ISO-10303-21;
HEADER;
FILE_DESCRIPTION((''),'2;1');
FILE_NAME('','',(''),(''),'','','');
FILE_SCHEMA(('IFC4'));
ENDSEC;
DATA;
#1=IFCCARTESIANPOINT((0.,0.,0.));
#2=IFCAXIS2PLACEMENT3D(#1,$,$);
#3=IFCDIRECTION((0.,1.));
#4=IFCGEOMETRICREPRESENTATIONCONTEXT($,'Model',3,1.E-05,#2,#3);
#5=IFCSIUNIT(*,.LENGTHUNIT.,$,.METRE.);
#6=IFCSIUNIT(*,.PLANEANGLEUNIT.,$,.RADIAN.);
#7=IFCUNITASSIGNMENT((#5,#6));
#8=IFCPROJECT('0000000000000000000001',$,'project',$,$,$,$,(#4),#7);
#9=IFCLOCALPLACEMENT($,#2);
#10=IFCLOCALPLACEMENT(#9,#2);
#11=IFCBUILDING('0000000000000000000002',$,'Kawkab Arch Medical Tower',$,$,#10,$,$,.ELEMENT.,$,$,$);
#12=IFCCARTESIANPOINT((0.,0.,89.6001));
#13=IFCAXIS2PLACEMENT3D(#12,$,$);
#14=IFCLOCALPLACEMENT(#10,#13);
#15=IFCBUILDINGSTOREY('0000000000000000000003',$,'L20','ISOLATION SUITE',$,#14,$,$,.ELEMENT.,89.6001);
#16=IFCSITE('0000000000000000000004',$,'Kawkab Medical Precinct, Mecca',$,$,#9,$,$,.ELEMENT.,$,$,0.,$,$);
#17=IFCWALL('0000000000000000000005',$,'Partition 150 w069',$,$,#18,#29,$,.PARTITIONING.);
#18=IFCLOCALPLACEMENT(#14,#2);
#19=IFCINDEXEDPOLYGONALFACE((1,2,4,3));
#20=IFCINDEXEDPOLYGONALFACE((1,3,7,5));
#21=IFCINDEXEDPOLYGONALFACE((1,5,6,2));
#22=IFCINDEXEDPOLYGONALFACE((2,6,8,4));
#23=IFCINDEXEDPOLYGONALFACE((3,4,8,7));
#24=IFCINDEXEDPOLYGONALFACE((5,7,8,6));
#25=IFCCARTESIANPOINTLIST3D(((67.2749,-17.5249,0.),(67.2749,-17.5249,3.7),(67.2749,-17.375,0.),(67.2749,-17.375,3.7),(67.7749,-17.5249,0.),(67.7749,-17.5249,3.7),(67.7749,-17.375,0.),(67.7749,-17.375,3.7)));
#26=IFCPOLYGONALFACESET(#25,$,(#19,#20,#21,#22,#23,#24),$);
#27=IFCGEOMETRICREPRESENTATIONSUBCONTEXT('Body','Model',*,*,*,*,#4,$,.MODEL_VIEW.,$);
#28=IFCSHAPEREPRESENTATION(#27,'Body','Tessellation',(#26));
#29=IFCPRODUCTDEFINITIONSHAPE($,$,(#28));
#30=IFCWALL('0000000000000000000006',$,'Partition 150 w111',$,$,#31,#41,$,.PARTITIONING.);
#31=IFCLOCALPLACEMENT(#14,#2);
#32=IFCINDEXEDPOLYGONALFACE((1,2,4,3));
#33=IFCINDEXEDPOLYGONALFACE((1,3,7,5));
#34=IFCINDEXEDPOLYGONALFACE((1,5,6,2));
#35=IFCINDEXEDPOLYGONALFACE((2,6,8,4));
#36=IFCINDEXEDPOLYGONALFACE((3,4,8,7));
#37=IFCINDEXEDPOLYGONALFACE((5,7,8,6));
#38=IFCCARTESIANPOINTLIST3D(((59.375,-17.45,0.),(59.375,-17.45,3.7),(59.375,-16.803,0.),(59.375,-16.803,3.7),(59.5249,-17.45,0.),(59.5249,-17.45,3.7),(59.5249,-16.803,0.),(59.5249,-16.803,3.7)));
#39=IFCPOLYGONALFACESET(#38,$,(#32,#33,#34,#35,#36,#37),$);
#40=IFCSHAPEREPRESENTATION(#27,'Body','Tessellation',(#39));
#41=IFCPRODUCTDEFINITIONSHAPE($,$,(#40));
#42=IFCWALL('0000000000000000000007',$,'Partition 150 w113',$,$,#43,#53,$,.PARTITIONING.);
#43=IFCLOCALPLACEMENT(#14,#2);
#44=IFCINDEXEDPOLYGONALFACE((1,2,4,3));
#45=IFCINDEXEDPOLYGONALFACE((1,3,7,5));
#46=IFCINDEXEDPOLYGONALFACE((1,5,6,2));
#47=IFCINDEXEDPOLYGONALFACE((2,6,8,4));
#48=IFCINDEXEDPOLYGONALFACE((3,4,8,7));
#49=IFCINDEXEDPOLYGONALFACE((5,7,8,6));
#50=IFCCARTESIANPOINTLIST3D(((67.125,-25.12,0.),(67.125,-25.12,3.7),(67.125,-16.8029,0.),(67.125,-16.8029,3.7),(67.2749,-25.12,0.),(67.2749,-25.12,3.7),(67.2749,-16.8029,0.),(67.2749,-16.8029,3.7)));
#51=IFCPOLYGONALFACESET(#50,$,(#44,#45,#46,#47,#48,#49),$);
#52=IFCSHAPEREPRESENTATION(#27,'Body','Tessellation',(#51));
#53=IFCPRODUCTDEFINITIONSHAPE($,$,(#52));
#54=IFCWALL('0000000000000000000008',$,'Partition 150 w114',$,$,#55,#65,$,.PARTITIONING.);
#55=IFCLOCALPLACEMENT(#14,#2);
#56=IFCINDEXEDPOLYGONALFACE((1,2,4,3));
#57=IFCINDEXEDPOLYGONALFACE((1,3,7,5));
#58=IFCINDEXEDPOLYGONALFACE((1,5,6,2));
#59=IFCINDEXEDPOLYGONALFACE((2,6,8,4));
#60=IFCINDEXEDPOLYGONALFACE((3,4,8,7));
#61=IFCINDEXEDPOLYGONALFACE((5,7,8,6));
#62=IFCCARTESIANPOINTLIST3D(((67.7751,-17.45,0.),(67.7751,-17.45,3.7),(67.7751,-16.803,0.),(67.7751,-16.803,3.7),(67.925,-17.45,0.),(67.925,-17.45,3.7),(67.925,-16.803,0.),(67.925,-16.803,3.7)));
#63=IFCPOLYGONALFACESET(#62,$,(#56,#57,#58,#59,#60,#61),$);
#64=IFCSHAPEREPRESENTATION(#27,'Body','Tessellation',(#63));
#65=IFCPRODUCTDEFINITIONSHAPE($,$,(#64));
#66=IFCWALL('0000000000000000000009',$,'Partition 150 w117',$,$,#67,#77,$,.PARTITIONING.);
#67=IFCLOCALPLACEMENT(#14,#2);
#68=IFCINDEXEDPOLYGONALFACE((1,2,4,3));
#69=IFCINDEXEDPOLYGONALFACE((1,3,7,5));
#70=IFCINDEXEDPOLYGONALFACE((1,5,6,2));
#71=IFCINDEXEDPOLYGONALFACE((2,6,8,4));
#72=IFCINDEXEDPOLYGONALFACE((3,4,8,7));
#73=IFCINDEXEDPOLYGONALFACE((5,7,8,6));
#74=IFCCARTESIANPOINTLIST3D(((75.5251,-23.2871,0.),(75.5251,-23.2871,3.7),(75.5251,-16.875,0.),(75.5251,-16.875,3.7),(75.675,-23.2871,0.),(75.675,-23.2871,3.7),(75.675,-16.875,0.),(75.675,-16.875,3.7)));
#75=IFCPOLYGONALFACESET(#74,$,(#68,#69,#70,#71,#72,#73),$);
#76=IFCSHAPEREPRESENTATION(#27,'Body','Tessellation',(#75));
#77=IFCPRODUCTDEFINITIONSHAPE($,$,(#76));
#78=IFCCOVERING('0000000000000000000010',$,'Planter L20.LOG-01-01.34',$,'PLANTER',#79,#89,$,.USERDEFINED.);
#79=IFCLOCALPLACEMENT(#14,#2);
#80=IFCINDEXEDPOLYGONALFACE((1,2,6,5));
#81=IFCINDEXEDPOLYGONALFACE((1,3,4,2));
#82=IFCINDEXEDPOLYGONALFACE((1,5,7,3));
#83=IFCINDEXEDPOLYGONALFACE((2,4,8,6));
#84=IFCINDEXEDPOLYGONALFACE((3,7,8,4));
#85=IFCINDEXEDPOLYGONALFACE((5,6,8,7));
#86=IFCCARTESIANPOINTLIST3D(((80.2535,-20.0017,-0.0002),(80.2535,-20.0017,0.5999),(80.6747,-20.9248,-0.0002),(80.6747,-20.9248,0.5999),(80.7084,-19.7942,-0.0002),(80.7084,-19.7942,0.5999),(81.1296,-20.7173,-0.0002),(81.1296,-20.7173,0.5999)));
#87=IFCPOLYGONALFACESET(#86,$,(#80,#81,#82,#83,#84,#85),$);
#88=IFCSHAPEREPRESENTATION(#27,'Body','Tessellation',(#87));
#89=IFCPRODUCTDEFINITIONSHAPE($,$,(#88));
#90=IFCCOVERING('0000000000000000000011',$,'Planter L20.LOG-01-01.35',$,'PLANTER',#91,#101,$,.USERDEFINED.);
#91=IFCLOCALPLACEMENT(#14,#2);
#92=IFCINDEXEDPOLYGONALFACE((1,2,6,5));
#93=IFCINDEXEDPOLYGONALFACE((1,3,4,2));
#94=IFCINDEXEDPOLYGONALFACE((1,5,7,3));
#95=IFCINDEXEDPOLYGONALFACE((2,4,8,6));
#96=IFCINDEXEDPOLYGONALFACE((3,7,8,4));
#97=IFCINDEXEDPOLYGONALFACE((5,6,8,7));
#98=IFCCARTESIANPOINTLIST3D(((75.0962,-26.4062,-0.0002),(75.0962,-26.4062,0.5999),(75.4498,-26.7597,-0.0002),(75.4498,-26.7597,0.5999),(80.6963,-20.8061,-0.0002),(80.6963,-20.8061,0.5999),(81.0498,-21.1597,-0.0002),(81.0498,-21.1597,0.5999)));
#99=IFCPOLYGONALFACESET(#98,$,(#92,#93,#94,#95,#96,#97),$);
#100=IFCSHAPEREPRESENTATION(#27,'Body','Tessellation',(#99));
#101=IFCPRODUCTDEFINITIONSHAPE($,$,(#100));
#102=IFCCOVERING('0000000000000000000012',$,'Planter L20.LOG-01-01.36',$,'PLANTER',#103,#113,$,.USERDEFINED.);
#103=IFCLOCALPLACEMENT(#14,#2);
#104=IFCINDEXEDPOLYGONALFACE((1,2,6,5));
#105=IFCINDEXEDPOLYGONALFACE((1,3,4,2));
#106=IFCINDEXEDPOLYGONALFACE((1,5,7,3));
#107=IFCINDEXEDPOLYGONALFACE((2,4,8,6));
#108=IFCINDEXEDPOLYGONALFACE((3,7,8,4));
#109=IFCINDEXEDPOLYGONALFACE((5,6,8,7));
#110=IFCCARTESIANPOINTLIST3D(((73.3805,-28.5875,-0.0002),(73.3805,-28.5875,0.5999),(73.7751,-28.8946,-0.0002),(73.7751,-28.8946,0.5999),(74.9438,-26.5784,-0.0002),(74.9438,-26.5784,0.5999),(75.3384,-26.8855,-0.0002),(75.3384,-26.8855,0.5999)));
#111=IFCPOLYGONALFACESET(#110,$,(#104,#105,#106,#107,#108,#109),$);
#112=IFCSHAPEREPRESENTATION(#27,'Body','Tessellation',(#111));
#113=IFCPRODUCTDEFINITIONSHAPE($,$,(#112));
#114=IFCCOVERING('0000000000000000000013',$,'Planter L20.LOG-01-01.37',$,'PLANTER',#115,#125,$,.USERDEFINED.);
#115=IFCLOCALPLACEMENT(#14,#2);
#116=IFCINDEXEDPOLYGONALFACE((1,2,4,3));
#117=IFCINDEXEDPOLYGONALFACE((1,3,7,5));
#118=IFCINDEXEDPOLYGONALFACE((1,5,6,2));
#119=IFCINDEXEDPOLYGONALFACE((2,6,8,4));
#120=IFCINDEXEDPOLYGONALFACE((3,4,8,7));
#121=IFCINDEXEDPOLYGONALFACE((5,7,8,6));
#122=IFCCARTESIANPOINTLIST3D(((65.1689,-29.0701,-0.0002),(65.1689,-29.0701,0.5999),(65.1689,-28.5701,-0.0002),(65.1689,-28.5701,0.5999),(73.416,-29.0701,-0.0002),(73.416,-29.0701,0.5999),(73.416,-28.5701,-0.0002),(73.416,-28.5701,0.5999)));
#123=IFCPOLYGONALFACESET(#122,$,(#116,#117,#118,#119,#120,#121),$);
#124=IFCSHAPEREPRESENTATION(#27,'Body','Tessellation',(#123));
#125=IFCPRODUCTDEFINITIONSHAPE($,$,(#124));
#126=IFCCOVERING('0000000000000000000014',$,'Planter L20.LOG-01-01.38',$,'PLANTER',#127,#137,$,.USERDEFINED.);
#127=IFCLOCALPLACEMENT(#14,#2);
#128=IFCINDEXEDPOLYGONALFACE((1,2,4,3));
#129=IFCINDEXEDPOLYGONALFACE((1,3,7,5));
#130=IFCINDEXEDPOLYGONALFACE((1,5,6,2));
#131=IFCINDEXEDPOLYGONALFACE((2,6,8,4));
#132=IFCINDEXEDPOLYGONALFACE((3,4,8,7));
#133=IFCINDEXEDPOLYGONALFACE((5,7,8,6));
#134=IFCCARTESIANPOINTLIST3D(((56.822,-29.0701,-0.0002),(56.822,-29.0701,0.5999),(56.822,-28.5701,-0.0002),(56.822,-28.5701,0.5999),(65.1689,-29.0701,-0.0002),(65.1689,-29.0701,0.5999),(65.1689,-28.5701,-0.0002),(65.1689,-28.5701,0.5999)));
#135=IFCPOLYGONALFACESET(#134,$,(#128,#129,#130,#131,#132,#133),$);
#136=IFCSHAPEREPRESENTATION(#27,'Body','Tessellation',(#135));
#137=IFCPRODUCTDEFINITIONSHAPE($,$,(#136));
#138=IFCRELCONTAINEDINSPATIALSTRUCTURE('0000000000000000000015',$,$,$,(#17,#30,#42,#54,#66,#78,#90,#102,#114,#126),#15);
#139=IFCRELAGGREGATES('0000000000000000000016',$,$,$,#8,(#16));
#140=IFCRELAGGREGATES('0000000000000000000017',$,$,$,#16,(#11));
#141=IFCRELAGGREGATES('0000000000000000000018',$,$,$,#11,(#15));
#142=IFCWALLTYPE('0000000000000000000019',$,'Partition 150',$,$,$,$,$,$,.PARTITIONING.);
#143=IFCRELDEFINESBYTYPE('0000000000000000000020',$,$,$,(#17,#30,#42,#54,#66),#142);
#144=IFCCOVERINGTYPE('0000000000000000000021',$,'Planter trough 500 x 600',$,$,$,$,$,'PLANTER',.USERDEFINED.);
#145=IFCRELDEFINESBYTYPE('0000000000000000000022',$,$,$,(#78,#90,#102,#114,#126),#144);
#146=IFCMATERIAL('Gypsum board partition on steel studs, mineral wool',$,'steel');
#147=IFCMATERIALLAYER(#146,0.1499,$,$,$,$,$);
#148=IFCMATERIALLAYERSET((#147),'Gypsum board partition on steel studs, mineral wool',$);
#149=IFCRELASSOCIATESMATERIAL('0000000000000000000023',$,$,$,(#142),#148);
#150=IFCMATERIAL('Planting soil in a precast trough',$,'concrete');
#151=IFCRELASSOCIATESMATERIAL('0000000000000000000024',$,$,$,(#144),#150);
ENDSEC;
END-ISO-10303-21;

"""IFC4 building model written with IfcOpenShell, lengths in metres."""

from ifc_helpers import new_model, si_unit, direction, frame, frame_2d, origin, origin_2d, place, context, subcontext, project, spatial, rectangle, extrude, material, layer, layer_set, material_profile, profile_set, type_object, element, save


model = new_model("IFC4")

# Units and contexts
model_context = context("Model", 3, precision=1e-05, world=origin(), true_north=direction((0.0, 1.0)))
body_context = subcontext(model_context, "Body", "Model", "MODEL_VIEW")
ifc_project = project(units=[si_unit("LENGTHUNIT", "METRE"), si_unit("PLANEANGLEUNIT", "RADIAN")], contexts=[model_context])

# Site, building, storey
site_placement = place(None, origin())
site = spatial("IfcSite", under=ifc_project, at=site_placement, Name="Kawkab Medical Precinct, Mecca", CompositionType="ELEMENT", RefElevation=0.0)
building_placement = place(site_placement, origin())
building = spatial("IfcBuilding", under=site, at=building_placement, Name="Kawkab Arch Medical Tower", CompositionType="ELEMENT")
storey_placement = place(building_placement, frame((0.0, 0.0, 89.6001)))
storey = spatial("IfcBuildingStorey", under=building, at=storey_placement, Name="L20", Description="ISOLATION SUITE", CompositionType="ELEMENT", Elevation=89.6001)

# Walls
ifc_material_1 = material(Name="Gypsum board partition on steel studs, mineral wool", Category="steel")
ifc_layer_1 = layer(ifc_material_1, 0.1499)
ifc_layer_set_1 = layer_set([ifc_layer_1], Name="Gypsum board partition on steel studs, mineral wool")
wall_type_1 = type_object("IfcWallType", Name="Partition 150", PredefinedType="PARTITIONING", material=ifc_layer_set_1)
wall_1_placement = place(storey_placement, frame((67.2749, -17.45, 0.0), z_axis=(0.0, 0.0, 1.0), x_axis=(1.0, 0.0, 0.0)))
element("IfcWall", 1, at=wall_1_placement, inside=storey, type_object=wall_type_1, Name="Partition 150 w069", PredefinedType="PARTITIONING", context=body_context, shape_type="SweptSolid", body=[
    extrude(rectangle(XDim=0.5, YDim=0.1499, at=frame_2d((0.25, 0.0))), origin(), (0.0, 0.0, 1.0), 3.7),
])
wall_2_placement = place(storey_placement, frame((59.45, -17.45, 0.0), z_axis=(0.0, 0.0, 1.0), x_axis=(0.0, 1.0, 0.0)))
element("IfcWall", 2, at=wall_2_placement, inside=storey, type_object=wall_type_1, Name="Partition 150 w111", PredefinedType="PARTITIONING", context=body_context, shape_type="SweptSolid", body=[
    extrude(rectangle(XDim=0.647, YDim=0.1499, at=frame_2d((0.3235, 0.0))), origin(), (0.0, 0.0, 1.0), 3.7),
])
wall_3_placement = place(storey_placement, frame((67.2, -25.1201, 0.0), z_axis=(0.0, 0.0, 1.0), x_axis=(0.0, 1.0, 0.0)))
element("IfcWall", 3, at=wall_3_placement, inside=storey, type_object=wall_type_1, Name="Partition 150 w113", PredefinedType="PARTITIONING", context=body_context, shape_type="SweptSolid", body=[
    extrude(rectangle(XDim=8.3171, YDim=0.1499, at=frame_2d((4.1587, 0.0))), origin(), (0.0, 0.0, 1.0), 3.7),
])
wall_4_placement = place(storey_placement, frame((67.8501, -17.45, 0.0), z_axis=(0.0, 0.0, 1.0), x_axis=(0.0, 1.0, 0.0)))
element("IfcWall", 4, at=wall_4_placement, inside=storey, type_object=wall_type_1, Name="Partition 150 w114", PredefinedType="PARTITIONING", context=body_context, shape_type="SweptSolid", body=[
    extrude(rectangle(XDim=0.647, YDim=0.1499, at=frame_2d((0.3235, 0.0))), origin(), (0.0, 0.0, 1.0), 3.7),
])
wall_5_placement = place(storey_placement, frame((75.6001, -23.2871, 0.0), z_axis=(0.0, 0.0, 1.0), x_axis=(0.0, 1.0, 0.0)))
element("IfcWall", 5, at=wall_5_placement, inside=storey, type_object=wall_type_1, Name="Partition 150 w117", PredefinedType="PARTITIONING", context=body_context, shape_type="SweptSolid", body=[
    extrude(rectangle(XDim=6.4121, YDim=0.1499, at=frame_2d((3.2061, 0.0))), origin(), (0.0, 0.0, 1.0), 3.7),
])

# Coverings
ifc_material_2 = material(Name="Planting soil in a precast trough", Category="concrete")
ifc_material_profile_1 = material_profile(ifc_material_2, rectangle(XDim=0.5, YDim=0.6001, at=origin_2d()), Name="Trough 500x600")
ifc_profile_set_1 = profile_set([ifc_material_profile_1], Name="Planting soil in a precast trough")
covering_type = type_object("IfcCoveringType", Name="Planter trough 500 x 600", ElementType="PLANTER", PredefinedType="USERDEFINED", material=ifc_profile_set_1)
covering_1_placement = place(storey_placement, frame((80.481, -19.8979, 0.2998), z_axis=(0.415072, -0.909789, 0.0), x_axis=(0.909789, 0.415072, 0.0)))
element("IfcCovering", 6, at=covering_1_placement, inside=storey, type_object=covering_type, Name="Planter L20.LOG-01-01.34", ObjectType="PLANTER", PredefinedType="USERDEFINED", context=body_context, shape_type="SweptSolid", body=[
    extrude(rectangle(XDim=0.5, YDim=0.6001, at=origin_2d()), origin(), (0.0, 0.0, 1.0), 1.0146),
])
covering_2_placement = place(storey_placement, frame((80.873, -20.9829, 0.2998), z_axis=(-0.707107, -0.707107, 0.0), x_axis=(0.707107, -0.707107, 0.0)))
element("IfcCovering", 7, at=covering_2_placement, inside=storey, type_object=covering_type, Name="Planter L20.LOG-01-01.35", ObjectType="PLANTER", PredefinedType="USERDEFINED", context=body_context, shape_type="SweptSolid", body=[
    extrude(rectangle(XDim=0.5, YDim=0.6001, at=origin_2d()), origin(), (0.0, 0.0, 1.0), 7.9197),
])
covering_3_placement = place(storey_placement, frame((75.1411, -26.7319, 0.2998), z_axis=(-0.6141, -0.789228, 0.0), x_axis=(0.789228, -0.6141, 0.0)))
element("IfcCovering", 8, at=covering_3_placement, inside=storey, type_object=covering_type, Name="Planter L20.LOG-01-01.36", ObjectType="PLANTER", PredefinedType="USERDEFINED", context=body_context, shape_type="SweptSolid", body=[
    extrude(rectangle(XDim=0.5, YDim=0.6001, at=origin_2d()), origin(), (0.0, 0.0, 1.0), 2.5457),
])
covering_4_placement = place(storey_placement, frame((73.416, -28.8201, 0.2998), z_axis=(-1.0, 0.0, 0.0), x_axis=(0.0, -1.0, 0.0)))
element("IfcCovering", 9, at=covering_4_placement, inside=storey, type_object=covering_type, Name="Planter L20.LOG-01-01.37", ObjectType="PLANTER", PredefinedType="USERDEFINED", context=body_context, shape_type="SweptSolid", body=[
    extrude(rectangle(XDim=0.5, YDim=0.6001, at=origin_2d()), origin(), (0.0, 0.0, 1.0), 8.2471),
])
covering_5_placement = place(storey_placement, frame((65.1689, -28.8201, 0.2998), z_axis=(-1.0, 0.0, 0.0), x_axis=(0.0, -1.0, 0.0)))
element("IfcCovering", 10, at=covering_5_placement, inside=storey, type_object=covering_type, Name="Planter L20.LOG-01-01.38", ObjectType="PLANTER", PredefinedType="USERDEFINED", context=body_context, shape_type="SweptSolid", body=[
    extrude(rectangle(XDim=0.5, YDim=0.6001, at=origin_2d()), origin(), (0.0, 0.0, 1.0), 8.3469),
])

save(model, "model.ifc")
